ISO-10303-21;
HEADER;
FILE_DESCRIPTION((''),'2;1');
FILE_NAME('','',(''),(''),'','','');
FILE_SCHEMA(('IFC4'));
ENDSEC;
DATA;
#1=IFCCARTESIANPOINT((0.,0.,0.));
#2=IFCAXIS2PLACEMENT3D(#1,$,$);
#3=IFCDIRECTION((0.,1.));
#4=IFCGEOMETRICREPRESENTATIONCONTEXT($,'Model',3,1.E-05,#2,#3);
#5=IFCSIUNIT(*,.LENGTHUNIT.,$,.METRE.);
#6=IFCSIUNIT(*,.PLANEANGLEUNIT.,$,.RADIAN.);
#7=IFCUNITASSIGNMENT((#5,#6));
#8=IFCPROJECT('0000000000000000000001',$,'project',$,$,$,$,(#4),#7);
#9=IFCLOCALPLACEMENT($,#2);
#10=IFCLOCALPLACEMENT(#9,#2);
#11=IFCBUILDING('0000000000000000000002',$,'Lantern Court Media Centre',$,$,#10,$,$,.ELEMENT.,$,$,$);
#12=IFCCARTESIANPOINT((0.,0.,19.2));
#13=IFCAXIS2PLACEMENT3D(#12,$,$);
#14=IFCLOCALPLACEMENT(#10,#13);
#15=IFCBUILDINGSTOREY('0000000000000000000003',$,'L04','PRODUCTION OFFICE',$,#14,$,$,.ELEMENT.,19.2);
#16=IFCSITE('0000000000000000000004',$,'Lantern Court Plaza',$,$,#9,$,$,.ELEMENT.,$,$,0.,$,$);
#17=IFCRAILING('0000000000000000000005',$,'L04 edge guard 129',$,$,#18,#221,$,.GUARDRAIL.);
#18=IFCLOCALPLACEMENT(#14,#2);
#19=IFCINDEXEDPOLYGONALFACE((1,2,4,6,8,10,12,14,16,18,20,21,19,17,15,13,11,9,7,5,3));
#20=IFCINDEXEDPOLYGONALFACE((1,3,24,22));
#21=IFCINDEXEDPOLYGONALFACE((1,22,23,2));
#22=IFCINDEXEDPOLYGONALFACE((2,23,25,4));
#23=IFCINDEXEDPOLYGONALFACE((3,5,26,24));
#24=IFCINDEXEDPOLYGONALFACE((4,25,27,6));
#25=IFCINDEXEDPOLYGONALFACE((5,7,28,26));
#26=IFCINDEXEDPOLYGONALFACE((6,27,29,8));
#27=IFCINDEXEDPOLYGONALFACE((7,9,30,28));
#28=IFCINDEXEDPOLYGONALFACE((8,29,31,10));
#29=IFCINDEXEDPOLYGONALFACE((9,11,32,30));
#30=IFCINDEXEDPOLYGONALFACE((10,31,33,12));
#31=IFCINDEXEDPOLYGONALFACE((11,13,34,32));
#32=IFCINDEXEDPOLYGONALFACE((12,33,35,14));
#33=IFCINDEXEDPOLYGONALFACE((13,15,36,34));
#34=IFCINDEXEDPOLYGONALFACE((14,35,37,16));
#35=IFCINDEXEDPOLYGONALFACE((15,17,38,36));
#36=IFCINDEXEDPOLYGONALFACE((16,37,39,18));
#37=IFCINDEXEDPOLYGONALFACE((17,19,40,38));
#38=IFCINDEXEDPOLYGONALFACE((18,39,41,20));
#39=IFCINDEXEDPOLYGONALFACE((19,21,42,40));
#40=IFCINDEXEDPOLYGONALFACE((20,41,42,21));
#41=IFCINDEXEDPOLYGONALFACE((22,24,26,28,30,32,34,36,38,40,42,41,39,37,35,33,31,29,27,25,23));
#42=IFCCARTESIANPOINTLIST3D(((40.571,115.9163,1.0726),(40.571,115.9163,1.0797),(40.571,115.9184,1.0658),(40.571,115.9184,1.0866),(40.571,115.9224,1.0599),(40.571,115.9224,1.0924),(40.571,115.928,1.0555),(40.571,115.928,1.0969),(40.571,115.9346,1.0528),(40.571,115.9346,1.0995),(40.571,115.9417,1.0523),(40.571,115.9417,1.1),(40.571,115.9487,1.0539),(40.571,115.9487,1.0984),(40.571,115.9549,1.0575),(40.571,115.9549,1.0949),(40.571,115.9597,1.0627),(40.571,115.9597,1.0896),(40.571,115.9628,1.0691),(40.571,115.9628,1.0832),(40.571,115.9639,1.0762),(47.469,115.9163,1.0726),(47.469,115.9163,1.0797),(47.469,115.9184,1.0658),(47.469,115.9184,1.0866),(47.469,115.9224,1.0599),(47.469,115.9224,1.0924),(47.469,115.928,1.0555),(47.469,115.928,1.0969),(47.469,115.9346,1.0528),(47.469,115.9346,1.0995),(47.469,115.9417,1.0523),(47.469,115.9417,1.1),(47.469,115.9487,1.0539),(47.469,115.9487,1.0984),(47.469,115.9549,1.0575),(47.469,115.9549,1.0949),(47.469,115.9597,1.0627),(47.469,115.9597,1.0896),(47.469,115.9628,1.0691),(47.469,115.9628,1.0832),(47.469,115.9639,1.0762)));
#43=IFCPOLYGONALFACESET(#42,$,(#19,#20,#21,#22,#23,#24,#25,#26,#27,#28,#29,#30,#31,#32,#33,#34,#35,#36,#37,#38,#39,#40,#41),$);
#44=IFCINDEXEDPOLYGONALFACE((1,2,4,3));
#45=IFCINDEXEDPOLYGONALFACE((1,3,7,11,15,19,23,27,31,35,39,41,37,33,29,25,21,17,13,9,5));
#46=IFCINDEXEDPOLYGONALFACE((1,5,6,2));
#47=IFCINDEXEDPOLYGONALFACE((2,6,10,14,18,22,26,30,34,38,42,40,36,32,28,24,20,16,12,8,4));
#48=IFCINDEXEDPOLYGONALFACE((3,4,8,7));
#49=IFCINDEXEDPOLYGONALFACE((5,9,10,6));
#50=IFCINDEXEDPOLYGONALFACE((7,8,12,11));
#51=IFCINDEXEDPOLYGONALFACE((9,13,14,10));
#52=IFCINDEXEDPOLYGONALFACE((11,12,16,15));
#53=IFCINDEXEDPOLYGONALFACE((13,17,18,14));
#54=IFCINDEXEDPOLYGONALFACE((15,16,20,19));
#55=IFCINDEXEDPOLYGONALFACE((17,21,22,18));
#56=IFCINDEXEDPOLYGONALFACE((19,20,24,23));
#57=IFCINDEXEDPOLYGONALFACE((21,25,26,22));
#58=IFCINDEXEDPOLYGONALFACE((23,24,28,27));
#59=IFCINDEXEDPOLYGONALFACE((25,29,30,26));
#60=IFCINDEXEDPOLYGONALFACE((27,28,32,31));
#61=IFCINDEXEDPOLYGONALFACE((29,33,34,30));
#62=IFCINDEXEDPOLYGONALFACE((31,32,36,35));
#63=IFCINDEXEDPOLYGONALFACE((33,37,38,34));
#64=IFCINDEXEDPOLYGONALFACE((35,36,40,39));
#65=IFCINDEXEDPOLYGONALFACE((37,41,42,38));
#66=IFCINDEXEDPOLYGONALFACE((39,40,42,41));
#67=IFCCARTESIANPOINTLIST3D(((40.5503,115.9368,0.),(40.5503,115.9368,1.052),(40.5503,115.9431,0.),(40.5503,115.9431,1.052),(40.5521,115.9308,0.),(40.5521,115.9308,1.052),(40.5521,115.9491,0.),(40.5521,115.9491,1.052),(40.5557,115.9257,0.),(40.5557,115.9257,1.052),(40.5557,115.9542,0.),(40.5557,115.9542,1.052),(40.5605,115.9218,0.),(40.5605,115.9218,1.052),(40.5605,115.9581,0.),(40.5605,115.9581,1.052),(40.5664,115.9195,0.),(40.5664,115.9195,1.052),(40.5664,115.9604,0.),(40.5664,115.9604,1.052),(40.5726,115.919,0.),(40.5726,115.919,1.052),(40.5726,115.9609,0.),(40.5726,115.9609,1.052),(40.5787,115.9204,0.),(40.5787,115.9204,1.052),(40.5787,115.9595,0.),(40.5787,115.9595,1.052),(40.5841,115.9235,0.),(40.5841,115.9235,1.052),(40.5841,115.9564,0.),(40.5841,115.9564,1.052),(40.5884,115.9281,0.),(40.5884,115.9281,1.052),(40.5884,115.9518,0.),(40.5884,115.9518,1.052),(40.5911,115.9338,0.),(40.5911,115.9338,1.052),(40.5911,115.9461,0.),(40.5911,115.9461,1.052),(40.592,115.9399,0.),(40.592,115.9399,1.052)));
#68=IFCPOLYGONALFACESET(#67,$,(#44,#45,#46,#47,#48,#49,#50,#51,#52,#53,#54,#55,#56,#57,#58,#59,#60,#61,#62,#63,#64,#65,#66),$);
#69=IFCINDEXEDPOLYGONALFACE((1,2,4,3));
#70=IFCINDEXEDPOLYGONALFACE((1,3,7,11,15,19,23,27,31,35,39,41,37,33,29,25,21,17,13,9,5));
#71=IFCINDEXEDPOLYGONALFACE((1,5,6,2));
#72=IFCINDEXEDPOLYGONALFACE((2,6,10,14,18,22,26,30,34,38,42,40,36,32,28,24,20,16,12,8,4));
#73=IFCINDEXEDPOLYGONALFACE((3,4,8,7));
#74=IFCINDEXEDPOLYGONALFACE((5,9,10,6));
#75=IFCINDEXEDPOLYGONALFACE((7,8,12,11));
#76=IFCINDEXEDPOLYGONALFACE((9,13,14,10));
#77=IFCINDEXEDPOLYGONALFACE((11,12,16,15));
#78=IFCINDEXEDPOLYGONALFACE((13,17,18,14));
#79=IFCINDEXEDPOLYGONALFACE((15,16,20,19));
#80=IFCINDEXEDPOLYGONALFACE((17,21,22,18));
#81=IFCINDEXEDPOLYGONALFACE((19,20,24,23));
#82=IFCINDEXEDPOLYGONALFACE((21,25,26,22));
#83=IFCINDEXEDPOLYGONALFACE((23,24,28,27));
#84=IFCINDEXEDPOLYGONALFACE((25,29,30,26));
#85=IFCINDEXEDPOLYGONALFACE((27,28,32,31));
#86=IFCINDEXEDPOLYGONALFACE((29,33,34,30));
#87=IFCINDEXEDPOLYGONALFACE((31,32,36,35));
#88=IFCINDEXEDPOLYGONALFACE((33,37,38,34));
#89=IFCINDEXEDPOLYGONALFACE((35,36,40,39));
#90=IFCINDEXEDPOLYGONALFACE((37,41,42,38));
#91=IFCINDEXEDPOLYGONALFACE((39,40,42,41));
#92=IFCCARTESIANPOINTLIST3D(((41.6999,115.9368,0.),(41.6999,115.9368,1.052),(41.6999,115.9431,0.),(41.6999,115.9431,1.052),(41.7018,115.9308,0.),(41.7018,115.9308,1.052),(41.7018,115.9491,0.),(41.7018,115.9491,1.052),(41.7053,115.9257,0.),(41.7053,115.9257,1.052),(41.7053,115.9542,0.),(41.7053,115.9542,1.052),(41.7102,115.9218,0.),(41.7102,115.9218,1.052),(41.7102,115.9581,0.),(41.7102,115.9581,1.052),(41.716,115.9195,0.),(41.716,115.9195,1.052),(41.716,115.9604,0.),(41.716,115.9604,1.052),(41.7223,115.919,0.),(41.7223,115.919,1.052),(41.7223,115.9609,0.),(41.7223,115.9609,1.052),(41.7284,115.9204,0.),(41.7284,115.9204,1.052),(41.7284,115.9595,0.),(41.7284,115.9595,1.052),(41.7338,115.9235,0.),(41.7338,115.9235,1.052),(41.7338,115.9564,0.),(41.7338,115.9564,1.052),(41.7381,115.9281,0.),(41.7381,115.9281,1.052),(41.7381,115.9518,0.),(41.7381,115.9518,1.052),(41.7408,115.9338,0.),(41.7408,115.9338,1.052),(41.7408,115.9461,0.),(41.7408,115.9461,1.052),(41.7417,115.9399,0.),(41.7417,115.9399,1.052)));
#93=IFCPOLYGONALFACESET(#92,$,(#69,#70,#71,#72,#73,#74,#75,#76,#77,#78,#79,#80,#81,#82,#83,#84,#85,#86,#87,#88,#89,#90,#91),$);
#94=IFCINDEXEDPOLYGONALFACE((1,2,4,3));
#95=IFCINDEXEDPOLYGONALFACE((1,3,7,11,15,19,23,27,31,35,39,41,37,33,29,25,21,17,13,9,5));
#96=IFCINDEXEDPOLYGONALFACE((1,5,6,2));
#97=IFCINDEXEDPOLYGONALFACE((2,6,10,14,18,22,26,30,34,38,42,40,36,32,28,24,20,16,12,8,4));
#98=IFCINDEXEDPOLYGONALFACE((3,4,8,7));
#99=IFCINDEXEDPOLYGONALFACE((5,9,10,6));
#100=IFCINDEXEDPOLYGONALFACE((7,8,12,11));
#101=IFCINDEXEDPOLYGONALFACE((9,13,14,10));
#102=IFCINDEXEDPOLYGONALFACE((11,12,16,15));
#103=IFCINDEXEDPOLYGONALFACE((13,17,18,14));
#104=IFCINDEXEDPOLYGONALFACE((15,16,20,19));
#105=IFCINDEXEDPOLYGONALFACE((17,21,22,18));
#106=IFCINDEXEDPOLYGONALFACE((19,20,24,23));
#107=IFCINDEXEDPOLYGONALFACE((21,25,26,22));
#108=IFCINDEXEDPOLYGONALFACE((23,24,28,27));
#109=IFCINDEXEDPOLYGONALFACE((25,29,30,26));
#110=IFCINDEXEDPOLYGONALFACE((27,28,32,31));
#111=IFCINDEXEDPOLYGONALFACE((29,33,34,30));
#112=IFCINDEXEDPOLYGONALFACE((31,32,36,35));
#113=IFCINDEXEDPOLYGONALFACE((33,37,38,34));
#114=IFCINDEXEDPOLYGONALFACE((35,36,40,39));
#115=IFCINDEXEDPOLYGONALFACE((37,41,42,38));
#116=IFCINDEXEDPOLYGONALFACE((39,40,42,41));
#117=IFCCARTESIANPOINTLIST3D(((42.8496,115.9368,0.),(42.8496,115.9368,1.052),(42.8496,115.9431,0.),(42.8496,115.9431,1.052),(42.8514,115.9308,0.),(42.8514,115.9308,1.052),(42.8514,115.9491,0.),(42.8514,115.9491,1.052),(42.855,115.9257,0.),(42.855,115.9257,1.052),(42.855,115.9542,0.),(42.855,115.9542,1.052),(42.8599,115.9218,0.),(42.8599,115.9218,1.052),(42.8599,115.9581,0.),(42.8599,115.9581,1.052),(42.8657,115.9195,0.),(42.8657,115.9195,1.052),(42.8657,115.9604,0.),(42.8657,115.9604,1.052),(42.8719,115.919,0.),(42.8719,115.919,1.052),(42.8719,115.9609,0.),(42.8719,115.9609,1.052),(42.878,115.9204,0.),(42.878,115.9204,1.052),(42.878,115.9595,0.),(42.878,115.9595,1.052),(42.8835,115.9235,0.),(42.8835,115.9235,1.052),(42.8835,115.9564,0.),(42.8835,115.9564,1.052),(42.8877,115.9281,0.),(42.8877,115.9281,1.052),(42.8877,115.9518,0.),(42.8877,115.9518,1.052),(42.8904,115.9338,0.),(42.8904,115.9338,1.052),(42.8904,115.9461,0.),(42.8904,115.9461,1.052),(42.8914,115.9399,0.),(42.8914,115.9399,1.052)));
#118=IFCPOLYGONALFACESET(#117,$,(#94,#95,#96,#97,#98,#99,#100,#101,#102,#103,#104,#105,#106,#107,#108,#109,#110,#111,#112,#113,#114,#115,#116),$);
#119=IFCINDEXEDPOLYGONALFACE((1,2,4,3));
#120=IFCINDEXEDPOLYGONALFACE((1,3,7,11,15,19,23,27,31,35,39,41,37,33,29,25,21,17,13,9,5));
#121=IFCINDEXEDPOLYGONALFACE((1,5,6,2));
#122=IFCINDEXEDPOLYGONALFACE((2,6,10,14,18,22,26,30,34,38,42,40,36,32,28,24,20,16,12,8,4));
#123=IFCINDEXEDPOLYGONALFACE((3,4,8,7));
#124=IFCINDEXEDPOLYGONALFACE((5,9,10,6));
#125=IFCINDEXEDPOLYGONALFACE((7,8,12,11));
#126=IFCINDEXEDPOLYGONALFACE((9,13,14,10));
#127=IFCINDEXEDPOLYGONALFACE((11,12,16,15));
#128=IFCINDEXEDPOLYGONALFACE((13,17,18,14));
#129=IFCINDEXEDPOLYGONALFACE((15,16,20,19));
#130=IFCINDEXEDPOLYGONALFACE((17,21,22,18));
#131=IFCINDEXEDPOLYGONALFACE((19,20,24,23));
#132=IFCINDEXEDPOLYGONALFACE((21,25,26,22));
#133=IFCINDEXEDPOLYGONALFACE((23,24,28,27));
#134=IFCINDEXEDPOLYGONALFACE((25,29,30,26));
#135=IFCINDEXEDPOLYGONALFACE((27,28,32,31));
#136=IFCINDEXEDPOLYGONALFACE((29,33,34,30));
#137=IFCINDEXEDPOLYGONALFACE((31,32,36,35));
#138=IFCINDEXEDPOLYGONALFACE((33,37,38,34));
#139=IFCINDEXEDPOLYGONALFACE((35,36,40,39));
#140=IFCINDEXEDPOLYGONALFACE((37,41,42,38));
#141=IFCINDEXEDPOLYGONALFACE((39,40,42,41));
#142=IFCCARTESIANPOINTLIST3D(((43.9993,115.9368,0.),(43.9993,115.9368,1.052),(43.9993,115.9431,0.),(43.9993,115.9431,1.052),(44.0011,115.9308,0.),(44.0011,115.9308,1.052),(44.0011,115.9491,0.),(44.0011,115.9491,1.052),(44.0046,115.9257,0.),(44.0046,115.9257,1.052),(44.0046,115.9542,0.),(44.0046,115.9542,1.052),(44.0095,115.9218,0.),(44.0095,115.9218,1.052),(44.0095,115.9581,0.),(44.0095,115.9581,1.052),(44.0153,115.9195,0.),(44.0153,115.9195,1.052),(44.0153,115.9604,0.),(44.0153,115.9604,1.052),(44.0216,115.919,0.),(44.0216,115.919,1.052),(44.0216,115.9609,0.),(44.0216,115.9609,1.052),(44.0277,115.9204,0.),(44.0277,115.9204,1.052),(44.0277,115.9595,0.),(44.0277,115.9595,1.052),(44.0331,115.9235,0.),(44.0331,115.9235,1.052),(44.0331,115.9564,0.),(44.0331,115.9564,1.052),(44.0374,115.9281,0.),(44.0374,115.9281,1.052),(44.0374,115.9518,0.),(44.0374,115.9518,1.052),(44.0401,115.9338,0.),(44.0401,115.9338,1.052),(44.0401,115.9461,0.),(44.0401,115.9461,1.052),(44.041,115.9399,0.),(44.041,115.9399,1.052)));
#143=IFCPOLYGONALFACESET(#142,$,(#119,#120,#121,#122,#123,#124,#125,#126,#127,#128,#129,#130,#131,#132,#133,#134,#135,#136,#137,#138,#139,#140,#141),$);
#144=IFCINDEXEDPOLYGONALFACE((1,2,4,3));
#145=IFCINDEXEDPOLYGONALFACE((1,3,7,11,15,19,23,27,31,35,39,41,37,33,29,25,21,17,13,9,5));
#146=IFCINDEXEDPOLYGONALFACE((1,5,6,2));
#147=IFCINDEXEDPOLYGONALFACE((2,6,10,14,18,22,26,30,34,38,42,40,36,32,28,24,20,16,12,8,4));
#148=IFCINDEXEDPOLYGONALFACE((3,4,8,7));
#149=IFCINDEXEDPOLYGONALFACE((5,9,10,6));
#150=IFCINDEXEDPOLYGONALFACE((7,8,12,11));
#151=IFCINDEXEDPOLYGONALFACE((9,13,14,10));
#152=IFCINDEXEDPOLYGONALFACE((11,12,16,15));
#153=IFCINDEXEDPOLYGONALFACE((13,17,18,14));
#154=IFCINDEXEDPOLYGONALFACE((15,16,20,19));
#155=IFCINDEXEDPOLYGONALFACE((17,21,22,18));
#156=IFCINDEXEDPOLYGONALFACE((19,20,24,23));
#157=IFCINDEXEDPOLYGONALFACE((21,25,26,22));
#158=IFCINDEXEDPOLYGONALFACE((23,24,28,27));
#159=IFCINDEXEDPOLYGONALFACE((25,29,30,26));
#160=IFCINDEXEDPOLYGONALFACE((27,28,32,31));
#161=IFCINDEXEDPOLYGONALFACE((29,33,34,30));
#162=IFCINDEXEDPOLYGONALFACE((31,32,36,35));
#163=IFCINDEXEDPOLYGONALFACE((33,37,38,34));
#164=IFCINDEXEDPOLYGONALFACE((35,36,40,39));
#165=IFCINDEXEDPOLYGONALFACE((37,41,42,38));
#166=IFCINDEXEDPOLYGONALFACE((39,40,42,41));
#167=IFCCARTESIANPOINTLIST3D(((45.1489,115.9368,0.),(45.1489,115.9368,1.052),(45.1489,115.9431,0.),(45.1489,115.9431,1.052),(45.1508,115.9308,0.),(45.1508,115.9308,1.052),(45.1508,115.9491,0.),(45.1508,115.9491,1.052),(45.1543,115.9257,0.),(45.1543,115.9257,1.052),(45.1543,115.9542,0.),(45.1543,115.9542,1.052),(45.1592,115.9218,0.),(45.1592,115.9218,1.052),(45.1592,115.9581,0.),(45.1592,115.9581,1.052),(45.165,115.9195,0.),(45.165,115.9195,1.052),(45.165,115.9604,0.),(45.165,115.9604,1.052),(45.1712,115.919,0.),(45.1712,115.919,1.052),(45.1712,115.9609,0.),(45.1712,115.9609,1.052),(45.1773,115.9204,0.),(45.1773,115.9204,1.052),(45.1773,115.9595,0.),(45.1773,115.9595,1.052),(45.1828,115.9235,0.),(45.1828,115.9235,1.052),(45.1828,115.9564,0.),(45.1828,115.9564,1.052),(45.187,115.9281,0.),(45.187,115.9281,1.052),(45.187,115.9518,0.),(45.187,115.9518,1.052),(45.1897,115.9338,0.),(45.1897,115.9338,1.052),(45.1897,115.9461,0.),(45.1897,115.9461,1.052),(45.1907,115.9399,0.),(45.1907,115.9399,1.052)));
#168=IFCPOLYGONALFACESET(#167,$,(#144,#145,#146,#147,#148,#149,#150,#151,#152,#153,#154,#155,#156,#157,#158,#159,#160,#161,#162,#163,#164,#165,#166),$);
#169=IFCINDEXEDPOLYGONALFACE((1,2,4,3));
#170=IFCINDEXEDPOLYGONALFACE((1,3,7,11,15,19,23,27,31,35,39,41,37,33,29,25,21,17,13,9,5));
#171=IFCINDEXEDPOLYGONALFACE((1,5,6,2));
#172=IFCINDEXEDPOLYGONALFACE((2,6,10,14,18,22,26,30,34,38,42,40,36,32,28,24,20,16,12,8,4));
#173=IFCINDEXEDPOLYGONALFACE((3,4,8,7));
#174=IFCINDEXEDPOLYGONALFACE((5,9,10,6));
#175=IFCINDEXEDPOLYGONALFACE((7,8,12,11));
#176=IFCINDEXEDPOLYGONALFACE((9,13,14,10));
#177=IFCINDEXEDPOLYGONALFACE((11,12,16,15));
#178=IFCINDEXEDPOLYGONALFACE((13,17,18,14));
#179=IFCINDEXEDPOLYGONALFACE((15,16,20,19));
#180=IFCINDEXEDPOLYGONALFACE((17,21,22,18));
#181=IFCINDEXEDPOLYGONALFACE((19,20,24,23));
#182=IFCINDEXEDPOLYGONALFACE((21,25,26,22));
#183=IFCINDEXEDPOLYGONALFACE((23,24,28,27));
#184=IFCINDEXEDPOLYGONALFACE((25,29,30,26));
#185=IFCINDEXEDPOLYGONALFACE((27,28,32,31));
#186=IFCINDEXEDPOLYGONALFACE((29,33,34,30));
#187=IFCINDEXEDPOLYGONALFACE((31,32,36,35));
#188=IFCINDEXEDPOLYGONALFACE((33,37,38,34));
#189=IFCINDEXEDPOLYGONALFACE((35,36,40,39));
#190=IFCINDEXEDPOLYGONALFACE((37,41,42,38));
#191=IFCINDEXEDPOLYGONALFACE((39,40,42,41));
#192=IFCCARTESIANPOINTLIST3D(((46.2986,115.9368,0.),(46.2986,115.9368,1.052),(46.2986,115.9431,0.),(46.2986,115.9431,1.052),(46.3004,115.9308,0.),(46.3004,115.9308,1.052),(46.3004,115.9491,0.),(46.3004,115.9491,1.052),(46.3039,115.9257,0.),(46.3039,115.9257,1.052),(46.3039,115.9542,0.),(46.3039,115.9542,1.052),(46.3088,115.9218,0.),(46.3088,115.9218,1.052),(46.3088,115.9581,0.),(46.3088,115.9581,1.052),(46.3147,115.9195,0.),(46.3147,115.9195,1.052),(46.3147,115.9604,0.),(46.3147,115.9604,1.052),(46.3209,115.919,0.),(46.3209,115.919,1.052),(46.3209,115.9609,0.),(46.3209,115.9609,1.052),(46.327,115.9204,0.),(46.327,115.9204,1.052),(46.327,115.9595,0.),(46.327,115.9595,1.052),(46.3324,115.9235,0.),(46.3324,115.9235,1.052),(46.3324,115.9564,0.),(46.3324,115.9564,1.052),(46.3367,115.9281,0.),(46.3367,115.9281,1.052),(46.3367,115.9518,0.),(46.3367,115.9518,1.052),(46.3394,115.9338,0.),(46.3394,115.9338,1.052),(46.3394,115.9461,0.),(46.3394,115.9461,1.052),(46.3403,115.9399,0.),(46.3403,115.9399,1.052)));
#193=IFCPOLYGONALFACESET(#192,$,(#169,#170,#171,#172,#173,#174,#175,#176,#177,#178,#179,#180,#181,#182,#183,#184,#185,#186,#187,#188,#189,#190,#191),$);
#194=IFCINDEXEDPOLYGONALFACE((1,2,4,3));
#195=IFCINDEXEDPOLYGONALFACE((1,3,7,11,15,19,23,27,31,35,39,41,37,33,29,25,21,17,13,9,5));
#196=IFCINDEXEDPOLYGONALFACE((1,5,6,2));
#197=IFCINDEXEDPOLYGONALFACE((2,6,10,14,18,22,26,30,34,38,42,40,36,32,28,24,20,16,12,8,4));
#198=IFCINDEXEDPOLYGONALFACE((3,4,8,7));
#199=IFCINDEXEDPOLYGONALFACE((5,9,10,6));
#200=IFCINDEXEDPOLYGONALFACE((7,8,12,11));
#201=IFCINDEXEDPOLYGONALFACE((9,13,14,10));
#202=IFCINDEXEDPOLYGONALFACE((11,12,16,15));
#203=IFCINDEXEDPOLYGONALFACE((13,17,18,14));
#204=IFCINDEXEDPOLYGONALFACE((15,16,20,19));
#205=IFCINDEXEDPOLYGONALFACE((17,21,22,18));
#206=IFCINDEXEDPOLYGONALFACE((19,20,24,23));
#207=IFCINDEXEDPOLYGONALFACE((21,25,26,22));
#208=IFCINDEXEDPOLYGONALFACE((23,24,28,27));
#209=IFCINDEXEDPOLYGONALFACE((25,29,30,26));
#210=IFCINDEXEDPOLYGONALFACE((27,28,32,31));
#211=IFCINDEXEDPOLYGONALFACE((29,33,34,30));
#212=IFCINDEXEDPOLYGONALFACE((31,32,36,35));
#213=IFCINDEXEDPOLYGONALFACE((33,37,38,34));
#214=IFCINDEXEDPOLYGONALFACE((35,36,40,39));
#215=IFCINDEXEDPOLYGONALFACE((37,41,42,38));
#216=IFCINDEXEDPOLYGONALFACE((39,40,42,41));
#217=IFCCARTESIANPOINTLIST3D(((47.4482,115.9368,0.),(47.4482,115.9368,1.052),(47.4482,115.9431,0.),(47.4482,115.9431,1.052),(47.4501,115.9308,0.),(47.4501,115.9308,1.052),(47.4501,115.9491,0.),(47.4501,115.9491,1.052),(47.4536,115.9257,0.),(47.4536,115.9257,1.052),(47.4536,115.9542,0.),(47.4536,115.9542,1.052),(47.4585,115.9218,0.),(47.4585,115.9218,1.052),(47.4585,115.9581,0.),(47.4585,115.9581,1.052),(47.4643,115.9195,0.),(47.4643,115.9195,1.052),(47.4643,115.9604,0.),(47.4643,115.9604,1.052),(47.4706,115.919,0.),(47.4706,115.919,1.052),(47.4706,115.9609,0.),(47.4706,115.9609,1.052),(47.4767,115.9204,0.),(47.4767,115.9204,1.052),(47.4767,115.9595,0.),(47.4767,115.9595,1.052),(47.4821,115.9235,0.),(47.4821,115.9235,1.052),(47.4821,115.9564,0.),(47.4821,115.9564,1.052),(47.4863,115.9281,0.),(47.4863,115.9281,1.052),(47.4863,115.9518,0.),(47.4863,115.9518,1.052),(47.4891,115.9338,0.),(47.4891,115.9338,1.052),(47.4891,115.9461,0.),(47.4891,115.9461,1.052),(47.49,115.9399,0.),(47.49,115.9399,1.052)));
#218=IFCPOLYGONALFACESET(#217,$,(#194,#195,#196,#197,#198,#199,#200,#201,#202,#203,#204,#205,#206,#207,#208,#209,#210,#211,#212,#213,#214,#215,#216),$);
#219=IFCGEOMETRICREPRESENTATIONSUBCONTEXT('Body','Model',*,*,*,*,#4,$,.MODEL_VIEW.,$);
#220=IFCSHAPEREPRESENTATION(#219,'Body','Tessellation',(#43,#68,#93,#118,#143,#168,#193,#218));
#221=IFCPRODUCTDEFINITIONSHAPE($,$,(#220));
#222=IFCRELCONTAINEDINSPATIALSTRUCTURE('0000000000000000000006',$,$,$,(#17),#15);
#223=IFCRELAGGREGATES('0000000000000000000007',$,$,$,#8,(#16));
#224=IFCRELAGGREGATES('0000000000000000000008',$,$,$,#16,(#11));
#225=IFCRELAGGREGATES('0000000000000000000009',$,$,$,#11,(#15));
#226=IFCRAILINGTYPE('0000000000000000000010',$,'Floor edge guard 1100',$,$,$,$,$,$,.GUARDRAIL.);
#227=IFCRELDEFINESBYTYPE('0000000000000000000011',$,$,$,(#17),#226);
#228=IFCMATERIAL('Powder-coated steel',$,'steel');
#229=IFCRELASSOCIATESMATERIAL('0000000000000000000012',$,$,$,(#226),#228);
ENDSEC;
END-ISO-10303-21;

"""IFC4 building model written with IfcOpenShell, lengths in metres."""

from ifc_helpers import new_model, si_unit, direction, frame, origin, origin_2d, place, context, subcontext, project, spatial, circle, extrude, material, type_object, element, save


model = new_model("IFC4")

# Units and contexts
model_context = context("Model", 3, precision=1e-05, world=origin(), true_north=direction((0.0, 1.0)))
body_context = subcontext(model_context, "Body", "Model", "MODEL_VIEW")
ifc_project = project(units=[si_unit("LENGTHUNIT", "METRE"), si_unit("PLANEANGLEUNIT", "RADIAN")], contexts=[model_context])

# Site, building, storey
site_placement = place(None, origin())
site = spatial("IfcSite", under=ifc_project, at=site_placement, Name="Lantern Court Plaza", CompositionType="ELEMENT", RefElevation=0.0)
building_placement = place(site_placement, origin())
building = spatial("IfcBuilding", under=site, at=building_placement, Name="Lantern Court Media Centre", CompositionType="ELEMENT")
storey_placement = place(building_placement, frame((0.0, 0.0, 19.2)))
storey = spatial("IfcBuildingStorey", under=building, at=storey_placement, Name="L04", Description="PRODUCTION OFFICE", CompositionType="ELEMENT", Elevation=19.2)

# Railing
ifc_material_1 = material(Name="Powder-coated steel", Category="steel")
railing_type = type_object("IfcRailingType", Name="Floor edge guard 1100", PredefinedType="GUARDRAIL", material=ifc_material_1)
railing_placement = place(storey_placement, frame((40.571, 115.9399, 0.0)))
element("IfcRailing", 1, at=railing_placement, inside=storey, type_object=railing_type, Name="L04 edge guard 129", PredefinedType="GUARDRAIL", context=body_context, shape_type="SweptSolid", body=[
    extrude(circle(Radius=0.0239, at=origin_2d()), frame((0.0, 0.0, 1.0762), z_axis=(1.0, 0.0, 0.0), x_axis=(0.0, 1.0, 0.0)), (0.0, 0.0, 1.0), 6.8979),
    extrude(circle(Radius=0.021, at=origin_2d()), origin(), (0.0, 0.0, 1.0), 1.052),
    extrude(circle(Radius=0.021, at=origin_2d()), frame((1.1497, 0.0, 0.0)), (0.0, 0.0, 1.0), 1.052),
    extrude(circle(Radius=0.021, at=origin_2d()), frame((2.2993, 0.0, 0.0)), (0.0, 0.0, 1.0), 1.052),
    extrude(circle(Radius=0.021, at=origin_2d()), frame((3.449, 0.0, 0.0)), (0.0, 0.0, 1.0), 1.052),
    extrude(circle(Radius=0.021, at=origin_2d()), frame((4.5986, 0.0, 0.0)), (0.0, 0.0, 1.0), 1.052),
    extrude(circle(Radius=0.021, at=origin_2d()), frame((5.7483, 0.0, 0.0)), (0.0, 0.0, 1.0), 1.052),
    extrude(circle(Radius=0.021, at=origin_2d()), frame((6.8979, 0.0, 0.0)), (0.0, 0.0, 1.0), 1.052),
])

save(model, "model.ifc")
